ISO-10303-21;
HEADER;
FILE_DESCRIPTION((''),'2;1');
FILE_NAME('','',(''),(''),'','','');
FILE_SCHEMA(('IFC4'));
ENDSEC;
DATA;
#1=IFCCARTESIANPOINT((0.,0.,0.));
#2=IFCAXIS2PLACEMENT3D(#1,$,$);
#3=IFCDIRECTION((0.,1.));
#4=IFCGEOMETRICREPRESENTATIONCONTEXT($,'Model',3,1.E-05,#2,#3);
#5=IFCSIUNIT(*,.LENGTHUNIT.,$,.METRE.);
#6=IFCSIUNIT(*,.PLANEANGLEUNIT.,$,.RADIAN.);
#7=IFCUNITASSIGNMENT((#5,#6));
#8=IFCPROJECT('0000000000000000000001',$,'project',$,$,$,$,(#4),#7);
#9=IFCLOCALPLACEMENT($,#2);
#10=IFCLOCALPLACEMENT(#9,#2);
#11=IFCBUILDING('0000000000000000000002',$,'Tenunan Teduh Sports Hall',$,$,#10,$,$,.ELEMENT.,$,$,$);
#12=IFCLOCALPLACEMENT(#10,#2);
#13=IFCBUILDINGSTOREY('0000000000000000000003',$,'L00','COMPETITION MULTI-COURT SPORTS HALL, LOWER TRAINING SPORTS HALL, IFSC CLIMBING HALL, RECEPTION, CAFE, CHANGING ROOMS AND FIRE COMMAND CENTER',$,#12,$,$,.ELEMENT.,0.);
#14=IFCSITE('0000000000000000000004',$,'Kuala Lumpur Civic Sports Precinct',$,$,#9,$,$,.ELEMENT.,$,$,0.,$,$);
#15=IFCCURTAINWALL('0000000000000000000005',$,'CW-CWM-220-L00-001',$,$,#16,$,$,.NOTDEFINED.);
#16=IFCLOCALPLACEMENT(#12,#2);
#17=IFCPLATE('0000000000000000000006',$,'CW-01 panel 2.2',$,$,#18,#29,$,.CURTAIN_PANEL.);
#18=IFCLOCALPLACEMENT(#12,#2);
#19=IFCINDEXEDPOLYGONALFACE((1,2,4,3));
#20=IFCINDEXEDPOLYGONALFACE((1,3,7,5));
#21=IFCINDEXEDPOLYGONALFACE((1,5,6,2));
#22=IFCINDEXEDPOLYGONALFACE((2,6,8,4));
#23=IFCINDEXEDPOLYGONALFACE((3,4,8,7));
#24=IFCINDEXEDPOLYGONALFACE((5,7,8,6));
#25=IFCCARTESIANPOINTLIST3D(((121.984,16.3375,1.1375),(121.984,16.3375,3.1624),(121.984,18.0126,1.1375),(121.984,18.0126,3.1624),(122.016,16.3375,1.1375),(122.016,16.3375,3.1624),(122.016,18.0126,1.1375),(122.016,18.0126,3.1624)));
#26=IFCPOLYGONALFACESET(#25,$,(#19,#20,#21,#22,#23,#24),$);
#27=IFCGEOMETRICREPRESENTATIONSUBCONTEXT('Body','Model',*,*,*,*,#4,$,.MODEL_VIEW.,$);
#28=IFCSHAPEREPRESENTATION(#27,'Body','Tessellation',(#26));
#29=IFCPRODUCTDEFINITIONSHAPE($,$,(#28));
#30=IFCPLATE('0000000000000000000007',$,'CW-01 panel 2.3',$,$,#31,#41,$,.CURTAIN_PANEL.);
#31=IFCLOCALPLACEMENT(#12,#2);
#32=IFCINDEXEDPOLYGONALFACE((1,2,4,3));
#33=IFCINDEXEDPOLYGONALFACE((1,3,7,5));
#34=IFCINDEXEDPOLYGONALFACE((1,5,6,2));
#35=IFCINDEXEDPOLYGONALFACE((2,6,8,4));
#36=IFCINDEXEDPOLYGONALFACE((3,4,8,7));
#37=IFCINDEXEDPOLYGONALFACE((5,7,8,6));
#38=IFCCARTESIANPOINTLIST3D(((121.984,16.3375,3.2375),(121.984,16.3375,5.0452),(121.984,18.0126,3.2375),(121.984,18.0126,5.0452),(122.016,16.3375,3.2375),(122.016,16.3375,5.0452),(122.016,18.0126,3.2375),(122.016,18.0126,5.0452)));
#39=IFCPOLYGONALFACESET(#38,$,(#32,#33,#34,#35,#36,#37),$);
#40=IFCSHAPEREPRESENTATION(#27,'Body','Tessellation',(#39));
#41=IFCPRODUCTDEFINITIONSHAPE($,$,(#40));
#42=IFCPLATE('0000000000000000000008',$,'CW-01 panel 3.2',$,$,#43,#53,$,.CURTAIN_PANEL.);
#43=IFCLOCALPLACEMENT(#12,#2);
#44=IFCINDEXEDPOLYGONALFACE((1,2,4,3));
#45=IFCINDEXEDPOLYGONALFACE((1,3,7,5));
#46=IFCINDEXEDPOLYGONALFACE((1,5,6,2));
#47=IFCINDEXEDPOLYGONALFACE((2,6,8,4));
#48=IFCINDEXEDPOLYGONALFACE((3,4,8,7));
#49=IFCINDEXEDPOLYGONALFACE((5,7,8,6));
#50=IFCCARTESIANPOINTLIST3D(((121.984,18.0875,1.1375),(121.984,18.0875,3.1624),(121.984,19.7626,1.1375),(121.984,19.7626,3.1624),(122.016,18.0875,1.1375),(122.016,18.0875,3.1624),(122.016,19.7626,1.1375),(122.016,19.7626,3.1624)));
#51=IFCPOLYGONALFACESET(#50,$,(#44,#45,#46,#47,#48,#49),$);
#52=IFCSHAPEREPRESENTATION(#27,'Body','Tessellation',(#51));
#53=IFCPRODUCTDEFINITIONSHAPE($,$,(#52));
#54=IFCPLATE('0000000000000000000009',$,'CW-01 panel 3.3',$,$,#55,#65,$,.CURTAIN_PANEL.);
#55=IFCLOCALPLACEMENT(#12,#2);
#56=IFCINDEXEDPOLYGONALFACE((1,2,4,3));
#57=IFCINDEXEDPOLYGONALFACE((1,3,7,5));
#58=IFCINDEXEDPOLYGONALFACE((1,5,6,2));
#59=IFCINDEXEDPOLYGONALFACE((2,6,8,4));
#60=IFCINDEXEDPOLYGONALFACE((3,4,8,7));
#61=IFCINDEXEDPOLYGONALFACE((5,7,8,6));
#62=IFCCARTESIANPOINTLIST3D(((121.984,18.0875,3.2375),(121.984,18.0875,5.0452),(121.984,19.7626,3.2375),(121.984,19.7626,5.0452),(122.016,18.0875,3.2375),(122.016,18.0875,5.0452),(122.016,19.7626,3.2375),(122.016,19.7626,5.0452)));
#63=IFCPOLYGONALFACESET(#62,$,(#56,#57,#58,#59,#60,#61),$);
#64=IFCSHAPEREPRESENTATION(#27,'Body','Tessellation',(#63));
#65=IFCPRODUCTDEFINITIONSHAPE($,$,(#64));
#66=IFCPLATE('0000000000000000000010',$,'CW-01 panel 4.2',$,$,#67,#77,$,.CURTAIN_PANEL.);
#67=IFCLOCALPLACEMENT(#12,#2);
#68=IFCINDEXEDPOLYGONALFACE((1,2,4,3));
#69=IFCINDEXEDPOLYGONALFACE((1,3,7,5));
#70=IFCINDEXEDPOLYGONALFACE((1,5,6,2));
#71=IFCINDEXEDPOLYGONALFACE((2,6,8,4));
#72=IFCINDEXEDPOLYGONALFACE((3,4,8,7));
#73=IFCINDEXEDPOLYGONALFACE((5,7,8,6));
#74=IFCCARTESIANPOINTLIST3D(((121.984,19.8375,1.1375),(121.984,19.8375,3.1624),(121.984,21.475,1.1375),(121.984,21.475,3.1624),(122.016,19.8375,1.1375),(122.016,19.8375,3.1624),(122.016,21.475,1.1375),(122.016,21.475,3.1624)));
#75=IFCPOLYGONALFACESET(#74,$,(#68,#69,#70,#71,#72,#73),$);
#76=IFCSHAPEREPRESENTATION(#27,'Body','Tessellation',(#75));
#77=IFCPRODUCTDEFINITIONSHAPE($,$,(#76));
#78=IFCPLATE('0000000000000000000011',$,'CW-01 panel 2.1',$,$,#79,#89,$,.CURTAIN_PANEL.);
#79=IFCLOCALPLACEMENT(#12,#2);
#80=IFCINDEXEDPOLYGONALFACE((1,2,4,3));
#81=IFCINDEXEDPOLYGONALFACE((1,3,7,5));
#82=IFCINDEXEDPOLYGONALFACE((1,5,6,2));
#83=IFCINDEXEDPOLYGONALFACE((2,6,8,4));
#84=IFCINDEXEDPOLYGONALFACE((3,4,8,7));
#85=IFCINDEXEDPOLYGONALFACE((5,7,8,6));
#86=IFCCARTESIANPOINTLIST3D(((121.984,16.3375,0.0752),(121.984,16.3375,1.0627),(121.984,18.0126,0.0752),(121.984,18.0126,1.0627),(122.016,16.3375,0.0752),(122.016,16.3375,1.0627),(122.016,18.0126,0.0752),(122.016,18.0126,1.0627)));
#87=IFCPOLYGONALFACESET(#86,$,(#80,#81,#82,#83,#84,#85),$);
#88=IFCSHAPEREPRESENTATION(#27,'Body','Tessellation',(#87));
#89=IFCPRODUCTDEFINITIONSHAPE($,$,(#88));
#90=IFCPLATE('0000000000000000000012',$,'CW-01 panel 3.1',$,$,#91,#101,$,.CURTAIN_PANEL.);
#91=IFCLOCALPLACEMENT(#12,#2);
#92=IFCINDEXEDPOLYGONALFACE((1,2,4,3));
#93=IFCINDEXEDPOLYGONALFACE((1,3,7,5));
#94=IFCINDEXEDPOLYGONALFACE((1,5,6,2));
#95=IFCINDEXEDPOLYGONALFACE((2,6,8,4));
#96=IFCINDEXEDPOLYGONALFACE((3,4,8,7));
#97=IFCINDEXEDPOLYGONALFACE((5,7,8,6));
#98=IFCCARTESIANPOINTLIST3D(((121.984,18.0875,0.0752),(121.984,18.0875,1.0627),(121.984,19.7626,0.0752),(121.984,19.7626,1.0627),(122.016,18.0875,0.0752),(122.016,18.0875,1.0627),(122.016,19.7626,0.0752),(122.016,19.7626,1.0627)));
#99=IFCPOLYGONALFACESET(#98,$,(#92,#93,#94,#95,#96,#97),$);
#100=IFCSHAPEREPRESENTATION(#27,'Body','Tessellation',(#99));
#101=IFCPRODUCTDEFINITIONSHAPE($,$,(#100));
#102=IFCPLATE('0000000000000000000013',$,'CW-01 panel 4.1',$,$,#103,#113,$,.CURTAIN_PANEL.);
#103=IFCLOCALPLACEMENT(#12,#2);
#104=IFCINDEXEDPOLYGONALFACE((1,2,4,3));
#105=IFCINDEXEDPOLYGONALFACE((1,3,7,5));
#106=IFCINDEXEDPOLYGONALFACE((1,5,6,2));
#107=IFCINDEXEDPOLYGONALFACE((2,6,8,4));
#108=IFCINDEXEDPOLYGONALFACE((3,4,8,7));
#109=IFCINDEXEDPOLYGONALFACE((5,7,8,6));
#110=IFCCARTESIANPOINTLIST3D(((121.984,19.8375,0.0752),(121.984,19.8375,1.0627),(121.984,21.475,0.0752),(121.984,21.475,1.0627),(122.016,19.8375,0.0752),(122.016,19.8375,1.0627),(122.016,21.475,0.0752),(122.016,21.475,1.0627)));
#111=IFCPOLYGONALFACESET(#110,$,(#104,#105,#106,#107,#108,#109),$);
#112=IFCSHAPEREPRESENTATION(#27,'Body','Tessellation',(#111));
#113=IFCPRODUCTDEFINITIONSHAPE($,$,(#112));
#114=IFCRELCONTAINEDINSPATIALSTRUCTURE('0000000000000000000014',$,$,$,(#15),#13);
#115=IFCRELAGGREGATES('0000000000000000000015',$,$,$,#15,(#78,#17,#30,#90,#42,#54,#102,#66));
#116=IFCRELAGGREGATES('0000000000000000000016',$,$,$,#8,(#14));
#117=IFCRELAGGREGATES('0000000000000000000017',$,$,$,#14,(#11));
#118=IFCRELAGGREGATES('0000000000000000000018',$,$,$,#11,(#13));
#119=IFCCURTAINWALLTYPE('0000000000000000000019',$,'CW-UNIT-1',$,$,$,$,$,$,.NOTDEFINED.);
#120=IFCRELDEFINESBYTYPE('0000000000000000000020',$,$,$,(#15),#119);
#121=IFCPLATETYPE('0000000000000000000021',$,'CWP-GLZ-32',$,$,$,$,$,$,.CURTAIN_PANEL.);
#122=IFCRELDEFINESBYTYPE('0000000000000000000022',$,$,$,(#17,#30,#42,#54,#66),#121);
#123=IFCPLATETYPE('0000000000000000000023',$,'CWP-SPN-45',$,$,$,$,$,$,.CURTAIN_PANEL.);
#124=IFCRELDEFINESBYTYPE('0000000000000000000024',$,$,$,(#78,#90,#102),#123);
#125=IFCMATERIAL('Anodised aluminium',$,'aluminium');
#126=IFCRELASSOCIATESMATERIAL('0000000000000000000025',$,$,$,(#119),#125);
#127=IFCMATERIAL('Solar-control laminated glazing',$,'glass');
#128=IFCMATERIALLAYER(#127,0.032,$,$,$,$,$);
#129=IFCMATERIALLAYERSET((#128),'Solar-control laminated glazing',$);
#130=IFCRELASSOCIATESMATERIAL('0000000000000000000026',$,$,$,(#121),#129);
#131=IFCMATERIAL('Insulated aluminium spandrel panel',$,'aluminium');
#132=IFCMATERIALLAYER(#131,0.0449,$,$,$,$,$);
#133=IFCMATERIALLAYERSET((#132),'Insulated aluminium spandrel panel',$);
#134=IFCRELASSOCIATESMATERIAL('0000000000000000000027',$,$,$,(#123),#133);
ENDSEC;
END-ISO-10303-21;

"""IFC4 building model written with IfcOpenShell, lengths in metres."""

from ifc_helpers import new_model, si_unit, direction, frame, origin, origin_2d, place, context, subcontext, project, spatial, rectangle, extrude, material, layer, layer_set, type_object, element, aggregate, save


model = new_model("IFC4")

# Units and contexts
model_context = context("Model", 3, precision=1e-05, world=origin(), true_north=direction((0.0, 1.0)))
body_context = subcontext(model_context, "Body", "Model", "MODEL_VIEW")
ifc_project = project(units=[si_unit("LENGTHUNIT", "METRE"), si_unit("PLANEANGLEUNIT", "RADIAN")], contexts=[model_context])

# Site, building, storey
site_placement = place(None, origin())
site = spatial("IfcSite", under=ifc_project, at=site_placement, Name="Kuala Lumpur Civic Sports Precinct", CompositionType="ELEMENT", RefElevation=0.0)
building_placement = place(site_placement, origin())
building = spatial("IfcBuilding", under=site, at=building_placement, Name="Tenunan Teduh Sports Hall", CompositionType="ELEMENT")
storey_placement = place(building_placement, origin())
storey = spatial("IfcBuildingStorey", under=building, at=storey_placement, Name="L00", Description="COMPETITION MULTI-COURT SPORTS HALL, LOWER TRAINING SPORTS HALL, IFSC CLIMBING HALL, RECEPTION, CAFE, CHANGING ROOMS AND FIRE COMMAND CENTER", CompositionType="ELEMENT", Elevation=0.0)

# Curtain wall, plates
ifc_material_1 = material(Name="Anodised aluminium", Category="aluminium")
curtain_wall_type = type_object("IfcCurtainWallType", Name="CW-UNIT-1", PredefinedType="NOTDEFINED", material=ifc_material_1)
curtain_wall_placement = place(storey_placement, origin())
curtain_wall = element("IfcCurtainWall", 1, at=curtain_wall_placement, inside=storey, type_object=curtain_wall_type, Name="CW-CWM-220-L00-001", PredefinedType="NOTDEFINED")
ifc_material_2 = material(Name="Solar-control laminated glazing", Category="glass")
ifc_layer_1 = layer(ifc_material_2, 0.032)
ifc_layer_set_1 = layer_set([ifc_layer_1], Name="Solar-control laminated glazing")
plate_type_1 = type_object("IfcPlateType", Name="CWP-GLZ-32", PredefinedType="CURTAIN_PANEL", material=ifc_layer_set_1)
plate_1_placement = place(storey_placement, frame((122.0, 17.175, 1.1375), z_axis=(0.0, 0.0, 1.0), x_axis=(0.0, 1.0, 0.0)))
plate_1 = element("IfcPlate", 2, at=plate_1_placement, type_object=plate_type_1, Name="CW-01 panel 2.2", PredefinedType="CURTAIN_PANEL", context=body_context, shape_type="SweptSolid", body=[
    extrude(rectangle(XDim=1.675, YDim=0.032, at=origin_2d()), origin(), (0.0, 0.0, 1.0), 2.0249),
])
plate_2_placement = place(storey_placement, frame((122.0, 17.175, 3.2375), z_axis=(0.0, 0.0, 1.0), x_axis=(0.0, 1.0, 0.0)))
plate_2 = element("IfcPlate", 3, at=plate_2_placement, type_object=plate_type_1, Name="CW-01 panel 2.3", PredefinedType="CURTAIN_PANEL", context=body_context, shape_type="SweptSolid", body=[
    extrude(rectangle(XDim=1.675, YDim=0.032, at=origin_2d()), origin(), (0.0, 0.0, 1.0), 1.8076),
])
plate_3_placement = place(storey_placement, frame((122.0, 18.925, 1.1375), z_axis=(0.0, 0.0, 1.0), x_axis=(0.0, 1.0, 0.0)))
plate_3 = element("IfcPlate", 4, at=plate_3_placement, type_object=plate_type_1, Name="CW-01 panel 3.2", PredefinedType="CURTAIN_PANEL", context=body_context, shape_type="SweptSolid", body=[
    extrude(rectangle(XDim=1.675, YDim=0.032, at=origin_2d()), origin(), (0.0, 0.0, 1.0), 2.0249),
])
plate_4_placement = place(storey_placement, frame((122.0, 18.925, 3.2375), z_axis=(0.0, 0.0, 1.0), x_axis=(0.0, 1.0, 0.0)))
plate_4 = element("IfcPlate", 5, at=plate_4_placement, type_object=plate_type_1, Name="CW-01 panel 3.3", PredefinedType="CURTAIN_PANEL", context=body_context, shape_type="SweptSolid", body=[
    extrude(rectangle(XDim=1.675, YDim=0.032, at=origin_2d()), origin(), (0.0, 0.0, 1.0), 1.8076),
])
plate_5_placement = place(storey_placement, frame((122.0, 20.6562, 1.1375), z_axis=(0.0, 0.0, 1.0), x_axis=(0.0, 1.0, 0.0)))
plate_5 = element("IfcPlate", 6, at=plate_5_placement, type_object=plate_type_1, Name="CW-01 panel 4.2", PredefinedType="CURTAIN_PANEL", context=body_context, shape_type="SweptSolid", body=[
    extrude(rectangle(XDim=1.6375, YDim=0.032, at=origin_2d()), origin(), (0.0, 0.0, 1.0), 2.0249),
])
ifc_material_3 = material(Name="Insulated aluminium spandrel panel", Category="aluminium")
ifc_layer_2 = layer(ifc_material_3, 0.0449)
ifc_layer_set_2 = layer_set([ifc_layer_2], Name="Insulated aluminium spandrel panel")
plate_type_2 = type_object("IfcPlateType", Name="CWP-SPN-45", PredefinedType="CURTAIN_PANEL", material=ifc_layer_set_2)
plate_6_placement = place(storey_placement, frame((122.0, 17.175, 0.0752), z_axis=(0.0, 0.0, 1.0), x_axis=(0.0, 1.0, 0.0)))
plate_6 = element("IfcPlate", 7, at=plate_6_placement, type_object=plate_type_2, Name="CW-01 panel 2.1", PredefinedType="CURTAIN_PANEL", context=body_context, shape_type="SweptSolid", body=[
    extrude(rectangle(XDim=1.675, YDim=0.032, at=origin_2d()), origin(), (0.0, 0.0, 1.0), 0.9875),
])
plate_7_placement = place(storey_placement, frame((122.0, 18.925, 0.0752), z_axis=(0.0, 0.0, 1.0), x_axis=(0.0, 1.0, 0.0)))
plate_7 = element("IfcPlate", 8, at=plate_7_placement, type_object=plate_type_2, Name="CW-01 panel 3.1", PredefinedType="CURTAIN_PANEL", context=body_context, shape_type="SweptSolid", body=[
    extrude(rectangle(XDim=1.675, YDim=0.032, at=origin_2d()), origin(), (0.0, 0.0, 1.0), 0.9875),
])
plate_8_placement = place(storey_placement, frame((122.0, 20.6562, 0.0752), z_axis=(0.0, 0.0, 1.0), x_axis=(0.0, 1.0, 0.0)))
plate_8 = element("IfcPlate", 9, at=plate_8_placement, type_object=plate_type_2, Name="CW-01 panel 4.1", PredefinedType="CURTAIN_PANEL", context=body_context, shape_type="SweptSolid", body=[
    extrude(rectangle(XDim=1.6375, YDim=0.032, at=origin_2d()), origin(), (0.0, 0.0, 1.0), 0.9875),
])
aggregate(curtain_wall, [plate_6, plate_1, plate_2, plate_7, plate_3, plate_4, plate_8, plate_5])

save(model, "model.ifc")
